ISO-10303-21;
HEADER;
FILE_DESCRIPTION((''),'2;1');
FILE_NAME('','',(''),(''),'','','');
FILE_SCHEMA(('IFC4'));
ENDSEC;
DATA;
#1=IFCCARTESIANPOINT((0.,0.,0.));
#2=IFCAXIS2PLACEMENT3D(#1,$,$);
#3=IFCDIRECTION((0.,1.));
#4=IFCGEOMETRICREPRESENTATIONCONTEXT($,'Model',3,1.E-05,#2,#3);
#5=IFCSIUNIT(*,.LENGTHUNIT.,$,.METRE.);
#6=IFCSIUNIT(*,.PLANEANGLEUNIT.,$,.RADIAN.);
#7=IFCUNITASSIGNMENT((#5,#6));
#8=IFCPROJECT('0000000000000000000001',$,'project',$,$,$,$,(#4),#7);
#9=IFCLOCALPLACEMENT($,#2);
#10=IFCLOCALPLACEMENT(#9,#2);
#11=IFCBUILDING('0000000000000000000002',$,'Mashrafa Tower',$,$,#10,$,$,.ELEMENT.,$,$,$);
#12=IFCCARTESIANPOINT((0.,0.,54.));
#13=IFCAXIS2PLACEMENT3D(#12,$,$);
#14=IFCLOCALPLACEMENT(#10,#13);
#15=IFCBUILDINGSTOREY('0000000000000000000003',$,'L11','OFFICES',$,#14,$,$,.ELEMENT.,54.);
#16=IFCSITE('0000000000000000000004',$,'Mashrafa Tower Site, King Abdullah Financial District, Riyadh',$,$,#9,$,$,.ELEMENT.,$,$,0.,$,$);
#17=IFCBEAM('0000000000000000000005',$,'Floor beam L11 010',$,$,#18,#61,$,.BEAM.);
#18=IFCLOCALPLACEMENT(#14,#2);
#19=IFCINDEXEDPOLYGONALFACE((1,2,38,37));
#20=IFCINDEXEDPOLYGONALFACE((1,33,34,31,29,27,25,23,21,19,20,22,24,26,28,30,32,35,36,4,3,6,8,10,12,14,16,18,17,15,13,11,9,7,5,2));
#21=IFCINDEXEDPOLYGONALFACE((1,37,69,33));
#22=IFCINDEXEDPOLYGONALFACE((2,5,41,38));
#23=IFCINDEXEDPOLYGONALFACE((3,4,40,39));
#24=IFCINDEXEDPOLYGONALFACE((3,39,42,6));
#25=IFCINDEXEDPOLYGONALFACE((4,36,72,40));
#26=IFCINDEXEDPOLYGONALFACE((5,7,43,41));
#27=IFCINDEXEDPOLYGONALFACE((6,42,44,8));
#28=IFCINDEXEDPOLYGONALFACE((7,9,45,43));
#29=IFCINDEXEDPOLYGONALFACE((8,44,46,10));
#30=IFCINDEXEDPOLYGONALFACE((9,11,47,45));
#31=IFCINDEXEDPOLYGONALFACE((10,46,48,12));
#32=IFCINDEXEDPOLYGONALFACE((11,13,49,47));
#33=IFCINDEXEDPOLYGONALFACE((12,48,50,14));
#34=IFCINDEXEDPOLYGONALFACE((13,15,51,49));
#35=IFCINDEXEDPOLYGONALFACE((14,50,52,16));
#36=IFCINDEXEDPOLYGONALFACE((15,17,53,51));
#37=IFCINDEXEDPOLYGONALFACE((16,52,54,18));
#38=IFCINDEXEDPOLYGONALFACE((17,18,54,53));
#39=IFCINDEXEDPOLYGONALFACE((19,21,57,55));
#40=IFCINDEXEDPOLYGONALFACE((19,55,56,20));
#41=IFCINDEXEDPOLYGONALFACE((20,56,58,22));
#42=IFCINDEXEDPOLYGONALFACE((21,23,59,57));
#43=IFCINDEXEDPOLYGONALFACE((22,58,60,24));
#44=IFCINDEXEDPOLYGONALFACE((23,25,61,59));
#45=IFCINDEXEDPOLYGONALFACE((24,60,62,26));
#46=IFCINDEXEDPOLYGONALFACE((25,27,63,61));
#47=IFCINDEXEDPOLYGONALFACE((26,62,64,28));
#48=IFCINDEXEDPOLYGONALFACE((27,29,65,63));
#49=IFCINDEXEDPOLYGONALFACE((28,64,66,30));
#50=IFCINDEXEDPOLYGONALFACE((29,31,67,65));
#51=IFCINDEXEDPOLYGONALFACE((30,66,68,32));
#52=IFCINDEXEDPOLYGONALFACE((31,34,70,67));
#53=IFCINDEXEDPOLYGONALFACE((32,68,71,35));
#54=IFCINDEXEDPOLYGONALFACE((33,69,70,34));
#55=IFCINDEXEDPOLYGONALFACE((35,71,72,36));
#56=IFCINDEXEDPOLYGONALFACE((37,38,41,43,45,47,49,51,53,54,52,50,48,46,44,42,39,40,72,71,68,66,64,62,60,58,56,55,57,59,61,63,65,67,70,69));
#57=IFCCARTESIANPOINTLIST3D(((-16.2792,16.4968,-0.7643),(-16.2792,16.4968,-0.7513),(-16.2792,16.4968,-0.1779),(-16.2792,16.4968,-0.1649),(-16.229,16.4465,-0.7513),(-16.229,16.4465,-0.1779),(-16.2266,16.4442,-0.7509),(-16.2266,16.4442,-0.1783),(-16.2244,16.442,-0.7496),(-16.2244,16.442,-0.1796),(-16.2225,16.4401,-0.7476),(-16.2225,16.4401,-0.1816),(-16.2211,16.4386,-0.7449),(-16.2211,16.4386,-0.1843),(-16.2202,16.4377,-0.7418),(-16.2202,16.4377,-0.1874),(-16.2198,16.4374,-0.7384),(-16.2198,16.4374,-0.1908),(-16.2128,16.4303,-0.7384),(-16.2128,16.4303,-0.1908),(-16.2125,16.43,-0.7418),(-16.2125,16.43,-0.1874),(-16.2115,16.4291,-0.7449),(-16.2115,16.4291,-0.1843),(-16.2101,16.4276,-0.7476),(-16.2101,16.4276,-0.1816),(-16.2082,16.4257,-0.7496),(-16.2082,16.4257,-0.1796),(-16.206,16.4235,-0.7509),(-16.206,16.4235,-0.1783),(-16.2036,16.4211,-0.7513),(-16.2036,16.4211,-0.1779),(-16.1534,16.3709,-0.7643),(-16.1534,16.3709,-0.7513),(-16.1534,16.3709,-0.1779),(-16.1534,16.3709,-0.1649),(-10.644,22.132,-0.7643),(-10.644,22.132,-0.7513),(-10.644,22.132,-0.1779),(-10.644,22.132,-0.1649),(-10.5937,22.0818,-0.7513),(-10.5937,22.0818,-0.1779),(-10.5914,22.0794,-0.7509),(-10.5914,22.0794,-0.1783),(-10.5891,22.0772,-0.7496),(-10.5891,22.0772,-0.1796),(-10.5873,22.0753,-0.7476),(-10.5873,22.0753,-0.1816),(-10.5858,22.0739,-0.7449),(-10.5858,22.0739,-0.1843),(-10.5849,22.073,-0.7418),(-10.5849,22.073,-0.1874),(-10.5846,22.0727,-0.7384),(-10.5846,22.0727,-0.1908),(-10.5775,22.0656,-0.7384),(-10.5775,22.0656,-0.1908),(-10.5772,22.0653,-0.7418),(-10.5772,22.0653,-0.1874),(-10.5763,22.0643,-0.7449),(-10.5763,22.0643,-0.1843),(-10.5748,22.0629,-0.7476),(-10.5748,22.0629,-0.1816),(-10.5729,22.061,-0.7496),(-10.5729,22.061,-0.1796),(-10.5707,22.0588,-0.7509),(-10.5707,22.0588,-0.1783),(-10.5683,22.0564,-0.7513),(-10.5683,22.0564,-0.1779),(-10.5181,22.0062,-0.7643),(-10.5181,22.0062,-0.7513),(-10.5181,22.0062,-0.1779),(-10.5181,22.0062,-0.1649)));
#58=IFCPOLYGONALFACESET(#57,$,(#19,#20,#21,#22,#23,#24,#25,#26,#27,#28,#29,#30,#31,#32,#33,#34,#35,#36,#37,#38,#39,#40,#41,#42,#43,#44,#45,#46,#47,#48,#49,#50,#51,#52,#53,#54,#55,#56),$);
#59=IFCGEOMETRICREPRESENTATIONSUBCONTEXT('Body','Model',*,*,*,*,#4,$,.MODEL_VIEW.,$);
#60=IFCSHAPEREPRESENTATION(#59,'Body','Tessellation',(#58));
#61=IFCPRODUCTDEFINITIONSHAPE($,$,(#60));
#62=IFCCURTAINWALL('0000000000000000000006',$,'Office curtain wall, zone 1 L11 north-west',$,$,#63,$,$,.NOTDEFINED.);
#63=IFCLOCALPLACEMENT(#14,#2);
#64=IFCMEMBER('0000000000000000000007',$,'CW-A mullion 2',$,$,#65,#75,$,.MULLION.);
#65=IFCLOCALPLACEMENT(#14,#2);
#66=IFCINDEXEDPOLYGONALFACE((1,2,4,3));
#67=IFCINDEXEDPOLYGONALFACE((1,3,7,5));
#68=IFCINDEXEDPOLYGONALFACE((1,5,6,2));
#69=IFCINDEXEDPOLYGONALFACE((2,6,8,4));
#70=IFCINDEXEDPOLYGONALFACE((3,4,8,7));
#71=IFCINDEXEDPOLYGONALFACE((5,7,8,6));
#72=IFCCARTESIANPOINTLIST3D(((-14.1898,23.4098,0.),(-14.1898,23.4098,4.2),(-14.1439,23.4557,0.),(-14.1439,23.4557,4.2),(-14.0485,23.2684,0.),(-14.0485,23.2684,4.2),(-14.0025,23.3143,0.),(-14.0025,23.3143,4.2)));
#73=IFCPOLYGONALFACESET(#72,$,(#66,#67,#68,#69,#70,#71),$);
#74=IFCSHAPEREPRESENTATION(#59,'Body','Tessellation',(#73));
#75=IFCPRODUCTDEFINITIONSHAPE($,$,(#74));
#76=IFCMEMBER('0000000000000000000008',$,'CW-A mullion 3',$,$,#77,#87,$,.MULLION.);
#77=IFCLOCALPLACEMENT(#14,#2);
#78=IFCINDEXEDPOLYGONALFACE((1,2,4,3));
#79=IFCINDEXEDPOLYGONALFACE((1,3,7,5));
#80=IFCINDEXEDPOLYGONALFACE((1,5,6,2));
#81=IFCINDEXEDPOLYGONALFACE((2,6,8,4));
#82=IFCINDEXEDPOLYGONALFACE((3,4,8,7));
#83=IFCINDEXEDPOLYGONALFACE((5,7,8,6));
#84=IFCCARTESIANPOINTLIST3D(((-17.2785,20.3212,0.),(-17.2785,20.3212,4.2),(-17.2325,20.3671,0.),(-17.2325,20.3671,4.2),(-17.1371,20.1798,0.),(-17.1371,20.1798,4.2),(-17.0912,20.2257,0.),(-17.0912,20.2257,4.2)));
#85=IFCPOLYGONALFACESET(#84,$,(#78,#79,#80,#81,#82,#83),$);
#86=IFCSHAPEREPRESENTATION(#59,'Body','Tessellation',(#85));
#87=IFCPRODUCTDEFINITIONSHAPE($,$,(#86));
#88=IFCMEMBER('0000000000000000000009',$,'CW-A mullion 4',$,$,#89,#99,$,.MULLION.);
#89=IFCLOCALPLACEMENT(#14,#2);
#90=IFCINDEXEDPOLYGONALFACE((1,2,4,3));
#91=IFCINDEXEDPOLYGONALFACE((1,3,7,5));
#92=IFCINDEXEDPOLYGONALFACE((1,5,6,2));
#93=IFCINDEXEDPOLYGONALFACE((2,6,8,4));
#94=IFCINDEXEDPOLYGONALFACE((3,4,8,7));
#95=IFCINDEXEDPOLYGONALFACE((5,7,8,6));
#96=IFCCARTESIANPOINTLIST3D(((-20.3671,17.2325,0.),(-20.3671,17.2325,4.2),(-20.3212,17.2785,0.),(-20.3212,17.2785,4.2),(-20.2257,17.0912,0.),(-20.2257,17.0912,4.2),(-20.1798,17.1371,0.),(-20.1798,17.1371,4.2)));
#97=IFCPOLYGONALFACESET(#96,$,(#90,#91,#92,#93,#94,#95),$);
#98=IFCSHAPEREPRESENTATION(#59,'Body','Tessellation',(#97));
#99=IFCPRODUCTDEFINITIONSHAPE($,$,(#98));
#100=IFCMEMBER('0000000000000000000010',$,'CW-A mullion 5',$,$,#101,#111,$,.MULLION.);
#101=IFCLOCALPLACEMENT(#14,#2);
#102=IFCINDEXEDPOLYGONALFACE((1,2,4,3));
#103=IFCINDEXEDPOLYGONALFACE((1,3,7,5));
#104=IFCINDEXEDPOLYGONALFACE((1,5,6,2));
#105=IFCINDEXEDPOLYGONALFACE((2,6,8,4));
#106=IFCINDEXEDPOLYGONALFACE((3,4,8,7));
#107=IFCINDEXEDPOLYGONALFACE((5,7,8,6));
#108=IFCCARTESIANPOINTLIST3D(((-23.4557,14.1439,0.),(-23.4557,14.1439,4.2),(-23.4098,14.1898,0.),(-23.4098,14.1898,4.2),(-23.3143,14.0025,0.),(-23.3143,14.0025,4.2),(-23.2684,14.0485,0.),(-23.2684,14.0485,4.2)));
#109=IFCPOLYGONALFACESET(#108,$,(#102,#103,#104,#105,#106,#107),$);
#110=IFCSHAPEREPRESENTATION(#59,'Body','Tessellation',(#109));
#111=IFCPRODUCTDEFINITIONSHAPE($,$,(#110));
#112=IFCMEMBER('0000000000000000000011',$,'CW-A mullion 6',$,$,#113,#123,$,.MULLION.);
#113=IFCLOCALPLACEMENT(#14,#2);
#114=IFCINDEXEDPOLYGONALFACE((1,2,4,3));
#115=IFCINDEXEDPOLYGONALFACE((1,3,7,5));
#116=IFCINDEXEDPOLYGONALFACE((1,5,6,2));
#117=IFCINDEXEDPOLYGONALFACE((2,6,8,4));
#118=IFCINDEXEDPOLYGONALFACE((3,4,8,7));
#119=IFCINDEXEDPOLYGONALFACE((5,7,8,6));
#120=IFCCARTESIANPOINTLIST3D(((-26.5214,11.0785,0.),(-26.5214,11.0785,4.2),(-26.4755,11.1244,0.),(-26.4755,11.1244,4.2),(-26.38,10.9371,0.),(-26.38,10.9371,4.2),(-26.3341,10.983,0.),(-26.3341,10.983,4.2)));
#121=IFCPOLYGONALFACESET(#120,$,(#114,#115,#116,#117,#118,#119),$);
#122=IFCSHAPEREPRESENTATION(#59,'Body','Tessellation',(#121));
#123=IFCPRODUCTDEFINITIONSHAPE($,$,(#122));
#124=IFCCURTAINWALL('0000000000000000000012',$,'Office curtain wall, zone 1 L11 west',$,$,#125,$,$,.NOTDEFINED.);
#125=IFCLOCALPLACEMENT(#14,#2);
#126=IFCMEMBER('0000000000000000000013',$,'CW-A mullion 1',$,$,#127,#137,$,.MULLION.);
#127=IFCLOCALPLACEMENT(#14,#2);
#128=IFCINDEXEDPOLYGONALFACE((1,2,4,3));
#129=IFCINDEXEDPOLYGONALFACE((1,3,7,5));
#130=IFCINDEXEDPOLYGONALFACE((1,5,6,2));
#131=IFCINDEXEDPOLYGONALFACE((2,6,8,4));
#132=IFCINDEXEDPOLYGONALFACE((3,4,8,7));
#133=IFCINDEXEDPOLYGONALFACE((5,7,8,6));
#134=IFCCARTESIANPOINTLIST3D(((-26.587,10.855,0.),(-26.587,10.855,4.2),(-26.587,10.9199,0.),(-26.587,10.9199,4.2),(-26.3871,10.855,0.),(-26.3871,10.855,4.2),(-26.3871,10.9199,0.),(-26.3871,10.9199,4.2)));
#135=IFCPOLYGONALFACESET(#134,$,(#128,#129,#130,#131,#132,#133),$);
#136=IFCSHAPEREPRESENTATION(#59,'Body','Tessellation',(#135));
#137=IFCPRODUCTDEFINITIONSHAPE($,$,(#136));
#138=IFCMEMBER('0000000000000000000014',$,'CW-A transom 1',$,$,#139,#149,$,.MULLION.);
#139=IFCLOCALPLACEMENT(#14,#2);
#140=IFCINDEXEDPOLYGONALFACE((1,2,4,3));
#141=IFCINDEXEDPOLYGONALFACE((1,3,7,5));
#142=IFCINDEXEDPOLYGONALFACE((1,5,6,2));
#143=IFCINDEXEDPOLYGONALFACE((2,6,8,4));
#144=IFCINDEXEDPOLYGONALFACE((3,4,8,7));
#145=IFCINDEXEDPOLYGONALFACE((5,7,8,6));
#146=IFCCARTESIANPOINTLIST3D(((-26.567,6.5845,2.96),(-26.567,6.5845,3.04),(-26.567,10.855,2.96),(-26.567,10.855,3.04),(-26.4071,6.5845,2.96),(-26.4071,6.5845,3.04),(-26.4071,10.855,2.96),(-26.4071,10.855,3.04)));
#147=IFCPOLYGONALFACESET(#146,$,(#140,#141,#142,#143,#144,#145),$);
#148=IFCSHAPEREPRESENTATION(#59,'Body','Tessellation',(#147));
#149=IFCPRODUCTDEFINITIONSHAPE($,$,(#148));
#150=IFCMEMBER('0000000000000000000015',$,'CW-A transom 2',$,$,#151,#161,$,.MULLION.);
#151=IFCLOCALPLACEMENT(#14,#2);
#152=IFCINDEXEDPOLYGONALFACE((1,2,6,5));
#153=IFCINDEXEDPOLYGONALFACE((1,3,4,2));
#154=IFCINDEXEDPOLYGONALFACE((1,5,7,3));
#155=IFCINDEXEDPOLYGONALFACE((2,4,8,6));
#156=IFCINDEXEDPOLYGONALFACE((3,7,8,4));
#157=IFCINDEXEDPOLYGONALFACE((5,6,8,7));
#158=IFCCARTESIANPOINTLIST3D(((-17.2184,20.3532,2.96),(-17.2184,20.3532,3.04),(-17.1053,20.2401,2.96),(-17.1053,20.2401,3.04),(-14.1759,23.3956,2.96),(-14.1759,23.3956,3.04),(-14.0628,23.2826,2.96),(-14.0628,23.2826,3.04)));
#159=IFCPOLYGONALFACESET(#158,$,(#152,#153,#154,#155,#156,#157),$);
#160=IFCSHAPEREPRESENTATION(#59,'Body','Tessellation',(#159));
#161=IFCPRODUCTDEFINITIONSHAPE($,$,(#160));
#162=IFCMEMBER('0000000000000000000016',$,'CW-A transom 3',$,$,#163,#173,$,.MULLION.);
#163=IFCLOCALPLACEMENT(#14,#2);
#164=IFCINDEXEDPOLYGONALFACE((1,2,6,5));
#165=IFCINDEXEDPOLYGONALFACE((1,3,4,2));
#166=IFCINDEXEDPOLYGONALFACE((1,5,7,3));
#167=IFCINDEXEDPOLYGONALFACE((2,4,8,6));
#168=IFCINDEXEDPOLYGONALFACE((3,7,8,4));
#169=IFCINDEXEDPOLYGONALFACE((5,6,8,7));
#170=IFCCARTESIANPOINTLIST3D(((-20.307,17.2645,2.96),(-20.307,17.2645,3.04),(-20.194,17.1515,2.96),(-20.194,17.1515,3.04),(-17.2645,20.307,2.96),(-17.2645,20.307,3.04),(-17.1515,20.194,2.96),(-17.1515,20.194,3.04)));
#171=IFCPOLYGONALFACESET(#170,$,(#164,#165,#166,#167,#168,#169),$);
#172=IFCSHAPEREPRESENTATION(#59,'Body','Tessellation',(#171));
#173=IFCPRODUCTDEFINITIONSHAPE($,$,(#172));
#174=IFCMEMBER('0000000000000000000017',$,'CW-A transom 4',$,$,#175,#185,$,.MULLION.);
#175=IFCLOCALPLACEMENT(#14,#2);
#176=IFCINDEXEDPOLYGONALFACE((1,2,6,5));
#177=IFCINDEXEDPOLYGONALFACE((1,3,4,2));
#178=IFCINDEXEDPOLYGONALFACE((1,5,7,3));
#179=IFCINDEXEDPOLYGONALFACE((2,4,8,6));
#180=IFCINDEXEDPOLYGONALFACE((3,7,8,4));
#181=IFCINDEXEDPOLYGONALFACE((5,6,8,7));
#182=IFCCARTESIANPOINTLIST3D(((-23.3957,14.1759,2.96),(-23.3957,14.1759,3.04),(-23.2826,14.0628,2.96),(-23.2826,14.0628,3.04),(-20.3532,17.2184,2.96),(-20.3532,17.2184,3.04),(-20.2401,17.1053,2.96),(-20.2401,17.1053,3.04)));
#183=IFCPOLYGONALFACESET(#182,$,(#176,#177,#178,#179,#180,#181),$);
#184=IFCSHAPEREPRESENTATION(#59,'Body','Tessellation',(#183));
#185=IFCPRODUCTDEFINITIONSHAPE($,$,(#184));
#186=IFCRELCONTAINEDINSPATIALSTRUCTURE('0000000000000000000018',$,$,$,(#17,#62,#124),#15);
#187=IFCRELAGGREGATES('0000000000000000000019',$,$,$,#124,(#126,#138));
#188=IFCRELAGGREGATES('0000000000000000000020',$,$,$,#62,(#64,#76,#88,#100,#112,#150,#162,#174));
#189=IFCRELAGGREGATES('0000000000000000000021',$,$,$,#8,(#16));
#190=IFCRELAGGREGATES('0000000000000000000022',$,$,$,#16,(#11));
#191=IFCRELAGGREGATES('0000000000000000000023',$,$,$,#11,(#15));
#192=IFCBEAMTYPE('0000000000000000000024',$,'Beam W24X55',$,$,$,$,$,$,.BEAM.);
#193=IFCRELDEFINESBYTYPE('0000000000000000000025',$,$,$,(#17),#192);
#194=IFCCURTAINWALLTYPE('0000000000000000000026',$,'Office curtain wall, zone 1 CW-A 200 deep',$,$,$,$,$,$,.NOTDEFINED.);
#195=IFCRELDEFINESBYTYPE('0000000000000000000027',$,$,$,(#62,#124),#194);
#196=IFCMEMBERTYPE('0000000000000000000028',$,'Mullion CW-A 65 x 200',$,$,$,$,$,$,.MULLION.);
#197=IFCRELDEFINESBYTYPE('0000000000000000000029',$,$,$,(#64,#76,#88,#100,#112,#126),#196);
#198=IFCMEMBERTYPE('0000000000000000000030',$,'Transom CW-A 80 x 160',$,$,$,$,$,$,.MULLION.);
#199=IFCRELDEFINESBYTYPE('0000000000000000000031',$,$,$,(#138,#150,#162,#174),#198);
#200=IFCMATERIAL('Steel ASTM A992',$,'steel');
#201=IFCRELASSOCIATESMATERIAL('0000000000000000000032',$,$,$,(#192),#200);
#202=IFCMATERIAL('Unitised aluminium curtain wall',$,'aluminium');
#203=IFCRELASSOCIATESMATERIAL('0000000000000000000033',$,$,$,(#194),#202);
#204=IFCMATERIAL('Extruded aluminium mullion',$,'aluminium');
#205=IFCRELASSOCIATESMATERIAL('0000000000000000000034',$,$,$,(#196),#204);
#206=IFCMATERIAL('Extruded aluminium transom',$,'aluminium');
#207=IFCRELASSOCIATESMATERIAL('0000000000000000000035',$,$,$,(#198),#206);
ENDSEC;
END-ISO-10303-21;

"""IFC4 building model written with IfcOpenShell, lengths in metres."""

from ifc_helpers import new_model, si_unit, direction, frame, origin, origin_2d, place, context, subcontext, project, spatial, rectangle, i_section, extrude, source, transform, mapped, material, material_profile, profile_set, type_object, type_shapes, element, aggregate, save


model = new_model("IFC4")

# Units and contexts
model_context = context("Model", 3, precision=1e-05, world=origin(), true_north=direction((0.0, 1.0)))
body_context = subcontext(model_context, "Body", "Model", "MODEL_VIEW")
ifc_project = project(units=[si_unit("LENGTHUNIT", "METRE"), si_unit("PLANEANGLEUNIT", "RADIAN")], contexts=[model_context])

# Site, building, storey
site_placement = place(None, origin())
site = spatial("IfcSite", under=ifc_project, at=site_placement, Name="Mashrafa Tower Site, King Abdullah Financial District, Riyadh", CompositionType="ELEMENT", RefElevation=0.0)
building_placement = place(site_placement, origin())
building = spatial("IfcBuilding", under=site, at=building_placement, Name="Mashrafa Tower", CompositionType="ELEMENT")
storey_placement = place(building_placement, frame((0.0, 0.0, 54.0)))
storey = spatial("IfcBuildingStorey", under=building, at=storey_placement, Name="L11", Description="OFFICES", CompositionType="ELEMENT", Elevation=54.0)

# Beam
ifc_material_1 = material(Name="Steel ASTM A992", Category="steel")
ifc_material_profile_1 = material_profile(ifc_material_1, i_section(OverallWidth=0.178, OverallDepth=0.5994, WebThickness=0.01, FlangeThickness=0.0129, FilletRadius=0.0129, at=origin_2d()), Name="W24X55")
ifc_profile_set_1 = profile_set([ifc_material_profile_1], Name="Steel ASTM A992")
beam_type_1 = type_object("IfcBeamType", Name="Beam W24X55", PredefinedType="BEAM", material=ifc_profile_set_1)
beam_1_placement = place(storey_placement, frame((-16.2163, 16.4338, -0.4646), z_axis=(0.707107, 0.707107, 0.0), x_axis=(-0.707107, 0.707107, 0.0)))
element("IfcBeam", 1, at=beam_1_placement, inside=storey, type_object=beam_type_1, Name="Floor beam L11 010", PredefinedType="BEAM", context=body_context, shape_type="SweptSolid", body=[
    extrude(i_section(OverallWidth=0.178, OverallDepth=0.5994, WebThickness=0.01, FlangeThickness=0.0129, FilletRadius=0.0129, at=origin_2d()), origin(), (0.0, 0.0, 1.0), 7.9695),
])

# Curtain walls, members
ifc_material_2 = material(Name="Unitised aluminium curtain wall", Category="aluminium")
curtain_wall_type = type_object("IfcCurtainWallType", Name="Office curtain wall, zone 1 CW-A 200 deep", PredefinedType="NOTDEFINED", material=ifc_material_2)
curtain_wall_1_placement = place(storey_placement, origin())
curtain_wall_1 = element("IfcCurtainWall", 2, at=curtain_wall_1_placement, inside=storey, type_object=curtain_wall_type, Name="Office curtain wall, zone 1 L11 north-west", PredefinedType="NOTDEFINED")
ifc_material_3 = material(Name="Extruded aluminium mullion", Category="aluminium")
ifc_material_profile_2 = material_profile(ifc_material_3, rectangle(XDim=0.2, YDim=0.0649, at=origin_2d()), Name="Mullion 65x200")
ifc_profile_set_2 = profile_set([ifc_material_profile_2], Name="Extruded aluminium mullion")
member_type_1 = type_object("IfcMemberType", Name="Mullion CW-A 65 x 200", PredefinedType="MULLION", material=ifc_profile_set_2)
shared_shape_1 = source(origin(), body_context, "Body", "SweptSolid", [
    extrude(rectangle(XDim=0.2, YDim=0.0649, at=origin_2d()), origin(), (0.0, 0.0, 1.0), 4.2),
])
type_shapes(member_type_1, [shared_shape_1])
member_1_placement = place(storey_placement, frame((-14.0962, 23.3621, 0.0), z_axis=(0.0, 0.0, 1.0), x_axis=(0.707107, -0.707107, 0.0)))
member_1 = element("IfcMember", 3, at=member_1_placement, type_object=member_type_1, Name="CW-A mullion 2", PredefinedType="MULLION", context=body_context, shape_type="MappedRepresentation", body=[
    mapped(shared_shape_1, transform((0.0, 0.0, 0.0))),
])
member_2_placement = place(storey_placement, frame((-17.1848, 20.2734, 0.0), z_axis=(0.0, 0.0, 1.0), x_axis=(0.707107, -0.707107, 0.0)))
member_2 = element("IfcMember", 4, at=member_2_placement, type_object=member_type_1, Name="CW-A mullion 3", PredefinedType="MULLION", context=body_context, shape_type="MappedRepresentation", body=[
    mapped(shared_shape_1, transform((0.0, 0.0, 0.0))),
])
member_3_placement = place(storey_placement, frame((-20.2734, 17.1848, 0.0), z_axis=(0.0, 0.0, 1.0), x_axis=(0.707107, -0.707107, 0.0)))
member_3 = element("IfcMember", 5, at=member_3_placement, type_object=member_type_1, Name="CW-A mullion 4", PredefinedType="MULLION", context=body_context, shape_type="MappedRepresentation", body=[
    mapped(shared_shape_1, transform((0.0, 0.0, 0.0))),
])
member_4_placement = place(storey_placement, frame((-23.3621, 14.0962, 0.0), z_axis=(0.0, 0.0, 1.0), x_axis=(0.707107, -0.707107, 0.0)))
member_4 = element("IfcMember", 6, at=member_4_placement, type_object=member_type_1, Name="CW-A mullion 5", PredefinedType="MULLION", context=body_context, shape_type="MappedRepresentation", body=[
    mapped(shared_shape_1, transform((0.0, 0.0, 0.0))),
])
member_5_placement = place(storey_placement, frame((-26.4277, 11.0308, 0.0), z_axis=(0.0, 0.0, 1.0), x_axis=(0.707107, -0.707107, 0.0)))
member_5 = element("IfcMember", 7, at=member_5_placement, type_object=member_type_1, Name="CW-A mullion 6", PredefinedType="MULLION", context=body_context, shape_type="MappedRepresentation", body=[
    mapped(shared_shape_1, transform((0.0, 0.0, 0.0))),
])
curtain_wall_2_placement = place(storey_placement, origin())
curtain_wall_2 = element("IfcCurtainWall", 8, at=curtain_wall_2_placement, inside=storey, type_object=curtain_wall_type, Name="Office curtain wall, zone 1 L11 west", PredefinedType="NOTDEFINED")
member_6_placement = place(storey_placement, frame((-26.4871, 10.8875, 0.0), z_axis=(0.0, 0.0, 1.0), x_axis=(1.0, 0.0, 0.0)))
member_6 = element("IfcMember", 9, at=member_6_placement, type_object=member_type_1, Name="CW-A mullion 1", PredefinedType="MULLION", context=body_context, shape_type="MappedRepresentation", body=[
    mapped(shared_shape_1, transform((0.0, 0.0, 0.0))),
])
ifc_material_4 = material(Name="Extruded aluminium transom", Category="aluminium")
ifc_material_profile_3 = material_profile(ifc_material_4, rectangle(XDim=0.1599, YDim=0.0801, at=origin_2d()), Name="Transom 80x160")
ifc_profile_set_3 = profile_set([ifc_material_profile_3], Name="Extruded aluminium transom")
member_type_2 = type_object("IfcMemberType", Name="Transom CW-A 80 x 160", PredefinedType="MULLION", material=ifc_profile_set_3)
shared_shape_2 = source(origin(), body_context, "Body", "SweptSolid", [
    extrude(rectangle(XDim=0.1599, YDim=0.0801, at=origin_2d()), origin(), (0.0, 0.0, 1.0), 4.2705),
])
member_7_placement = place(storey_placement, frame((-26.4871, 10.855, 3.0), z_axis=(0.0, -1.0, 0.0), x_axis=(1.0, 0.0, 0.0)))
member_7 = element("IfcMember", 10, at=member_7_placement, type_object=member_type_2, Name="CW-A transom 1", PredefinedType="MULLION", context=body_context, shape_type="MappedRepresentation", body=[
    mapped(shared_shape_2, transform((0.0, 0.0, 0.0))),
])
aggregate(curtain_wall_2, [member_6, member_7])

# Members
shared_shape_3 = source(origin(), body_context, "Body", "SweptSolid", [
    extrude(rectangle(XDim=0.1599, YDim=0.0801, at=origin_2d()), origin(), (0.0, 0.0, 1.0), 4.3027),
])
member_8_placement = place(storey_placement, frame((-14.1194, 23.3391, 3.0), z_axis=(-0.707107, -0.707107, 0.0), x_axis=(0.707107, -0.707107, 0.0)))
member_8 = element("IfcMember", 11, at=member_8_placement, type_object=member_type_2, Name="CW-A transom 2", PredefinedType="MULLION", context=body_context, shape_type="MappedRepresentation", body=[
    mapped(shared_shape_3, transform((0.0, 0.0, 0.0))),
])
member_9_placement = place(storey_placement, frame((-17.208, 20.2505, 3.0), z_axis=(-0.707107, -0.707107, 0.0), x_axis=(0.707107, -0.707107, 0.0)))
member_9 = element("IfcMember", 12, at=member_9_placement, type_object=member_type_2, Name="CW-A transom 3", PredefinedType="MULLION", context=body_context, shape_type="MappedRepresentation", body=[
    mapped(shared_shape_3, transform((0.0, 0.0, 0.0))),
])
member_10_placement = place(storey_placement, frame((-20.2966, 17.1619, 3.0), z_axis=(-0.707107, -0.707107, 0.0), x_axis=(0.707107, -0.707107, 0.0)))
member_10 = element("IfcMember", 13, at=member_10_placement, type_object=member_type_2, Name="CW-A transom 4", PredefinedType="MULLION", context=body_context, shape_type="MappedRepresentation", body=[
    mapped(shared_shape_3, transform((0.0, 0.0, 0.0))),
])

aggregate(curtain_wall_1, [member_1, member_2, member_3, member_4, member_5, member_8, member_9, member_10])

save(model, "model.ifc")
